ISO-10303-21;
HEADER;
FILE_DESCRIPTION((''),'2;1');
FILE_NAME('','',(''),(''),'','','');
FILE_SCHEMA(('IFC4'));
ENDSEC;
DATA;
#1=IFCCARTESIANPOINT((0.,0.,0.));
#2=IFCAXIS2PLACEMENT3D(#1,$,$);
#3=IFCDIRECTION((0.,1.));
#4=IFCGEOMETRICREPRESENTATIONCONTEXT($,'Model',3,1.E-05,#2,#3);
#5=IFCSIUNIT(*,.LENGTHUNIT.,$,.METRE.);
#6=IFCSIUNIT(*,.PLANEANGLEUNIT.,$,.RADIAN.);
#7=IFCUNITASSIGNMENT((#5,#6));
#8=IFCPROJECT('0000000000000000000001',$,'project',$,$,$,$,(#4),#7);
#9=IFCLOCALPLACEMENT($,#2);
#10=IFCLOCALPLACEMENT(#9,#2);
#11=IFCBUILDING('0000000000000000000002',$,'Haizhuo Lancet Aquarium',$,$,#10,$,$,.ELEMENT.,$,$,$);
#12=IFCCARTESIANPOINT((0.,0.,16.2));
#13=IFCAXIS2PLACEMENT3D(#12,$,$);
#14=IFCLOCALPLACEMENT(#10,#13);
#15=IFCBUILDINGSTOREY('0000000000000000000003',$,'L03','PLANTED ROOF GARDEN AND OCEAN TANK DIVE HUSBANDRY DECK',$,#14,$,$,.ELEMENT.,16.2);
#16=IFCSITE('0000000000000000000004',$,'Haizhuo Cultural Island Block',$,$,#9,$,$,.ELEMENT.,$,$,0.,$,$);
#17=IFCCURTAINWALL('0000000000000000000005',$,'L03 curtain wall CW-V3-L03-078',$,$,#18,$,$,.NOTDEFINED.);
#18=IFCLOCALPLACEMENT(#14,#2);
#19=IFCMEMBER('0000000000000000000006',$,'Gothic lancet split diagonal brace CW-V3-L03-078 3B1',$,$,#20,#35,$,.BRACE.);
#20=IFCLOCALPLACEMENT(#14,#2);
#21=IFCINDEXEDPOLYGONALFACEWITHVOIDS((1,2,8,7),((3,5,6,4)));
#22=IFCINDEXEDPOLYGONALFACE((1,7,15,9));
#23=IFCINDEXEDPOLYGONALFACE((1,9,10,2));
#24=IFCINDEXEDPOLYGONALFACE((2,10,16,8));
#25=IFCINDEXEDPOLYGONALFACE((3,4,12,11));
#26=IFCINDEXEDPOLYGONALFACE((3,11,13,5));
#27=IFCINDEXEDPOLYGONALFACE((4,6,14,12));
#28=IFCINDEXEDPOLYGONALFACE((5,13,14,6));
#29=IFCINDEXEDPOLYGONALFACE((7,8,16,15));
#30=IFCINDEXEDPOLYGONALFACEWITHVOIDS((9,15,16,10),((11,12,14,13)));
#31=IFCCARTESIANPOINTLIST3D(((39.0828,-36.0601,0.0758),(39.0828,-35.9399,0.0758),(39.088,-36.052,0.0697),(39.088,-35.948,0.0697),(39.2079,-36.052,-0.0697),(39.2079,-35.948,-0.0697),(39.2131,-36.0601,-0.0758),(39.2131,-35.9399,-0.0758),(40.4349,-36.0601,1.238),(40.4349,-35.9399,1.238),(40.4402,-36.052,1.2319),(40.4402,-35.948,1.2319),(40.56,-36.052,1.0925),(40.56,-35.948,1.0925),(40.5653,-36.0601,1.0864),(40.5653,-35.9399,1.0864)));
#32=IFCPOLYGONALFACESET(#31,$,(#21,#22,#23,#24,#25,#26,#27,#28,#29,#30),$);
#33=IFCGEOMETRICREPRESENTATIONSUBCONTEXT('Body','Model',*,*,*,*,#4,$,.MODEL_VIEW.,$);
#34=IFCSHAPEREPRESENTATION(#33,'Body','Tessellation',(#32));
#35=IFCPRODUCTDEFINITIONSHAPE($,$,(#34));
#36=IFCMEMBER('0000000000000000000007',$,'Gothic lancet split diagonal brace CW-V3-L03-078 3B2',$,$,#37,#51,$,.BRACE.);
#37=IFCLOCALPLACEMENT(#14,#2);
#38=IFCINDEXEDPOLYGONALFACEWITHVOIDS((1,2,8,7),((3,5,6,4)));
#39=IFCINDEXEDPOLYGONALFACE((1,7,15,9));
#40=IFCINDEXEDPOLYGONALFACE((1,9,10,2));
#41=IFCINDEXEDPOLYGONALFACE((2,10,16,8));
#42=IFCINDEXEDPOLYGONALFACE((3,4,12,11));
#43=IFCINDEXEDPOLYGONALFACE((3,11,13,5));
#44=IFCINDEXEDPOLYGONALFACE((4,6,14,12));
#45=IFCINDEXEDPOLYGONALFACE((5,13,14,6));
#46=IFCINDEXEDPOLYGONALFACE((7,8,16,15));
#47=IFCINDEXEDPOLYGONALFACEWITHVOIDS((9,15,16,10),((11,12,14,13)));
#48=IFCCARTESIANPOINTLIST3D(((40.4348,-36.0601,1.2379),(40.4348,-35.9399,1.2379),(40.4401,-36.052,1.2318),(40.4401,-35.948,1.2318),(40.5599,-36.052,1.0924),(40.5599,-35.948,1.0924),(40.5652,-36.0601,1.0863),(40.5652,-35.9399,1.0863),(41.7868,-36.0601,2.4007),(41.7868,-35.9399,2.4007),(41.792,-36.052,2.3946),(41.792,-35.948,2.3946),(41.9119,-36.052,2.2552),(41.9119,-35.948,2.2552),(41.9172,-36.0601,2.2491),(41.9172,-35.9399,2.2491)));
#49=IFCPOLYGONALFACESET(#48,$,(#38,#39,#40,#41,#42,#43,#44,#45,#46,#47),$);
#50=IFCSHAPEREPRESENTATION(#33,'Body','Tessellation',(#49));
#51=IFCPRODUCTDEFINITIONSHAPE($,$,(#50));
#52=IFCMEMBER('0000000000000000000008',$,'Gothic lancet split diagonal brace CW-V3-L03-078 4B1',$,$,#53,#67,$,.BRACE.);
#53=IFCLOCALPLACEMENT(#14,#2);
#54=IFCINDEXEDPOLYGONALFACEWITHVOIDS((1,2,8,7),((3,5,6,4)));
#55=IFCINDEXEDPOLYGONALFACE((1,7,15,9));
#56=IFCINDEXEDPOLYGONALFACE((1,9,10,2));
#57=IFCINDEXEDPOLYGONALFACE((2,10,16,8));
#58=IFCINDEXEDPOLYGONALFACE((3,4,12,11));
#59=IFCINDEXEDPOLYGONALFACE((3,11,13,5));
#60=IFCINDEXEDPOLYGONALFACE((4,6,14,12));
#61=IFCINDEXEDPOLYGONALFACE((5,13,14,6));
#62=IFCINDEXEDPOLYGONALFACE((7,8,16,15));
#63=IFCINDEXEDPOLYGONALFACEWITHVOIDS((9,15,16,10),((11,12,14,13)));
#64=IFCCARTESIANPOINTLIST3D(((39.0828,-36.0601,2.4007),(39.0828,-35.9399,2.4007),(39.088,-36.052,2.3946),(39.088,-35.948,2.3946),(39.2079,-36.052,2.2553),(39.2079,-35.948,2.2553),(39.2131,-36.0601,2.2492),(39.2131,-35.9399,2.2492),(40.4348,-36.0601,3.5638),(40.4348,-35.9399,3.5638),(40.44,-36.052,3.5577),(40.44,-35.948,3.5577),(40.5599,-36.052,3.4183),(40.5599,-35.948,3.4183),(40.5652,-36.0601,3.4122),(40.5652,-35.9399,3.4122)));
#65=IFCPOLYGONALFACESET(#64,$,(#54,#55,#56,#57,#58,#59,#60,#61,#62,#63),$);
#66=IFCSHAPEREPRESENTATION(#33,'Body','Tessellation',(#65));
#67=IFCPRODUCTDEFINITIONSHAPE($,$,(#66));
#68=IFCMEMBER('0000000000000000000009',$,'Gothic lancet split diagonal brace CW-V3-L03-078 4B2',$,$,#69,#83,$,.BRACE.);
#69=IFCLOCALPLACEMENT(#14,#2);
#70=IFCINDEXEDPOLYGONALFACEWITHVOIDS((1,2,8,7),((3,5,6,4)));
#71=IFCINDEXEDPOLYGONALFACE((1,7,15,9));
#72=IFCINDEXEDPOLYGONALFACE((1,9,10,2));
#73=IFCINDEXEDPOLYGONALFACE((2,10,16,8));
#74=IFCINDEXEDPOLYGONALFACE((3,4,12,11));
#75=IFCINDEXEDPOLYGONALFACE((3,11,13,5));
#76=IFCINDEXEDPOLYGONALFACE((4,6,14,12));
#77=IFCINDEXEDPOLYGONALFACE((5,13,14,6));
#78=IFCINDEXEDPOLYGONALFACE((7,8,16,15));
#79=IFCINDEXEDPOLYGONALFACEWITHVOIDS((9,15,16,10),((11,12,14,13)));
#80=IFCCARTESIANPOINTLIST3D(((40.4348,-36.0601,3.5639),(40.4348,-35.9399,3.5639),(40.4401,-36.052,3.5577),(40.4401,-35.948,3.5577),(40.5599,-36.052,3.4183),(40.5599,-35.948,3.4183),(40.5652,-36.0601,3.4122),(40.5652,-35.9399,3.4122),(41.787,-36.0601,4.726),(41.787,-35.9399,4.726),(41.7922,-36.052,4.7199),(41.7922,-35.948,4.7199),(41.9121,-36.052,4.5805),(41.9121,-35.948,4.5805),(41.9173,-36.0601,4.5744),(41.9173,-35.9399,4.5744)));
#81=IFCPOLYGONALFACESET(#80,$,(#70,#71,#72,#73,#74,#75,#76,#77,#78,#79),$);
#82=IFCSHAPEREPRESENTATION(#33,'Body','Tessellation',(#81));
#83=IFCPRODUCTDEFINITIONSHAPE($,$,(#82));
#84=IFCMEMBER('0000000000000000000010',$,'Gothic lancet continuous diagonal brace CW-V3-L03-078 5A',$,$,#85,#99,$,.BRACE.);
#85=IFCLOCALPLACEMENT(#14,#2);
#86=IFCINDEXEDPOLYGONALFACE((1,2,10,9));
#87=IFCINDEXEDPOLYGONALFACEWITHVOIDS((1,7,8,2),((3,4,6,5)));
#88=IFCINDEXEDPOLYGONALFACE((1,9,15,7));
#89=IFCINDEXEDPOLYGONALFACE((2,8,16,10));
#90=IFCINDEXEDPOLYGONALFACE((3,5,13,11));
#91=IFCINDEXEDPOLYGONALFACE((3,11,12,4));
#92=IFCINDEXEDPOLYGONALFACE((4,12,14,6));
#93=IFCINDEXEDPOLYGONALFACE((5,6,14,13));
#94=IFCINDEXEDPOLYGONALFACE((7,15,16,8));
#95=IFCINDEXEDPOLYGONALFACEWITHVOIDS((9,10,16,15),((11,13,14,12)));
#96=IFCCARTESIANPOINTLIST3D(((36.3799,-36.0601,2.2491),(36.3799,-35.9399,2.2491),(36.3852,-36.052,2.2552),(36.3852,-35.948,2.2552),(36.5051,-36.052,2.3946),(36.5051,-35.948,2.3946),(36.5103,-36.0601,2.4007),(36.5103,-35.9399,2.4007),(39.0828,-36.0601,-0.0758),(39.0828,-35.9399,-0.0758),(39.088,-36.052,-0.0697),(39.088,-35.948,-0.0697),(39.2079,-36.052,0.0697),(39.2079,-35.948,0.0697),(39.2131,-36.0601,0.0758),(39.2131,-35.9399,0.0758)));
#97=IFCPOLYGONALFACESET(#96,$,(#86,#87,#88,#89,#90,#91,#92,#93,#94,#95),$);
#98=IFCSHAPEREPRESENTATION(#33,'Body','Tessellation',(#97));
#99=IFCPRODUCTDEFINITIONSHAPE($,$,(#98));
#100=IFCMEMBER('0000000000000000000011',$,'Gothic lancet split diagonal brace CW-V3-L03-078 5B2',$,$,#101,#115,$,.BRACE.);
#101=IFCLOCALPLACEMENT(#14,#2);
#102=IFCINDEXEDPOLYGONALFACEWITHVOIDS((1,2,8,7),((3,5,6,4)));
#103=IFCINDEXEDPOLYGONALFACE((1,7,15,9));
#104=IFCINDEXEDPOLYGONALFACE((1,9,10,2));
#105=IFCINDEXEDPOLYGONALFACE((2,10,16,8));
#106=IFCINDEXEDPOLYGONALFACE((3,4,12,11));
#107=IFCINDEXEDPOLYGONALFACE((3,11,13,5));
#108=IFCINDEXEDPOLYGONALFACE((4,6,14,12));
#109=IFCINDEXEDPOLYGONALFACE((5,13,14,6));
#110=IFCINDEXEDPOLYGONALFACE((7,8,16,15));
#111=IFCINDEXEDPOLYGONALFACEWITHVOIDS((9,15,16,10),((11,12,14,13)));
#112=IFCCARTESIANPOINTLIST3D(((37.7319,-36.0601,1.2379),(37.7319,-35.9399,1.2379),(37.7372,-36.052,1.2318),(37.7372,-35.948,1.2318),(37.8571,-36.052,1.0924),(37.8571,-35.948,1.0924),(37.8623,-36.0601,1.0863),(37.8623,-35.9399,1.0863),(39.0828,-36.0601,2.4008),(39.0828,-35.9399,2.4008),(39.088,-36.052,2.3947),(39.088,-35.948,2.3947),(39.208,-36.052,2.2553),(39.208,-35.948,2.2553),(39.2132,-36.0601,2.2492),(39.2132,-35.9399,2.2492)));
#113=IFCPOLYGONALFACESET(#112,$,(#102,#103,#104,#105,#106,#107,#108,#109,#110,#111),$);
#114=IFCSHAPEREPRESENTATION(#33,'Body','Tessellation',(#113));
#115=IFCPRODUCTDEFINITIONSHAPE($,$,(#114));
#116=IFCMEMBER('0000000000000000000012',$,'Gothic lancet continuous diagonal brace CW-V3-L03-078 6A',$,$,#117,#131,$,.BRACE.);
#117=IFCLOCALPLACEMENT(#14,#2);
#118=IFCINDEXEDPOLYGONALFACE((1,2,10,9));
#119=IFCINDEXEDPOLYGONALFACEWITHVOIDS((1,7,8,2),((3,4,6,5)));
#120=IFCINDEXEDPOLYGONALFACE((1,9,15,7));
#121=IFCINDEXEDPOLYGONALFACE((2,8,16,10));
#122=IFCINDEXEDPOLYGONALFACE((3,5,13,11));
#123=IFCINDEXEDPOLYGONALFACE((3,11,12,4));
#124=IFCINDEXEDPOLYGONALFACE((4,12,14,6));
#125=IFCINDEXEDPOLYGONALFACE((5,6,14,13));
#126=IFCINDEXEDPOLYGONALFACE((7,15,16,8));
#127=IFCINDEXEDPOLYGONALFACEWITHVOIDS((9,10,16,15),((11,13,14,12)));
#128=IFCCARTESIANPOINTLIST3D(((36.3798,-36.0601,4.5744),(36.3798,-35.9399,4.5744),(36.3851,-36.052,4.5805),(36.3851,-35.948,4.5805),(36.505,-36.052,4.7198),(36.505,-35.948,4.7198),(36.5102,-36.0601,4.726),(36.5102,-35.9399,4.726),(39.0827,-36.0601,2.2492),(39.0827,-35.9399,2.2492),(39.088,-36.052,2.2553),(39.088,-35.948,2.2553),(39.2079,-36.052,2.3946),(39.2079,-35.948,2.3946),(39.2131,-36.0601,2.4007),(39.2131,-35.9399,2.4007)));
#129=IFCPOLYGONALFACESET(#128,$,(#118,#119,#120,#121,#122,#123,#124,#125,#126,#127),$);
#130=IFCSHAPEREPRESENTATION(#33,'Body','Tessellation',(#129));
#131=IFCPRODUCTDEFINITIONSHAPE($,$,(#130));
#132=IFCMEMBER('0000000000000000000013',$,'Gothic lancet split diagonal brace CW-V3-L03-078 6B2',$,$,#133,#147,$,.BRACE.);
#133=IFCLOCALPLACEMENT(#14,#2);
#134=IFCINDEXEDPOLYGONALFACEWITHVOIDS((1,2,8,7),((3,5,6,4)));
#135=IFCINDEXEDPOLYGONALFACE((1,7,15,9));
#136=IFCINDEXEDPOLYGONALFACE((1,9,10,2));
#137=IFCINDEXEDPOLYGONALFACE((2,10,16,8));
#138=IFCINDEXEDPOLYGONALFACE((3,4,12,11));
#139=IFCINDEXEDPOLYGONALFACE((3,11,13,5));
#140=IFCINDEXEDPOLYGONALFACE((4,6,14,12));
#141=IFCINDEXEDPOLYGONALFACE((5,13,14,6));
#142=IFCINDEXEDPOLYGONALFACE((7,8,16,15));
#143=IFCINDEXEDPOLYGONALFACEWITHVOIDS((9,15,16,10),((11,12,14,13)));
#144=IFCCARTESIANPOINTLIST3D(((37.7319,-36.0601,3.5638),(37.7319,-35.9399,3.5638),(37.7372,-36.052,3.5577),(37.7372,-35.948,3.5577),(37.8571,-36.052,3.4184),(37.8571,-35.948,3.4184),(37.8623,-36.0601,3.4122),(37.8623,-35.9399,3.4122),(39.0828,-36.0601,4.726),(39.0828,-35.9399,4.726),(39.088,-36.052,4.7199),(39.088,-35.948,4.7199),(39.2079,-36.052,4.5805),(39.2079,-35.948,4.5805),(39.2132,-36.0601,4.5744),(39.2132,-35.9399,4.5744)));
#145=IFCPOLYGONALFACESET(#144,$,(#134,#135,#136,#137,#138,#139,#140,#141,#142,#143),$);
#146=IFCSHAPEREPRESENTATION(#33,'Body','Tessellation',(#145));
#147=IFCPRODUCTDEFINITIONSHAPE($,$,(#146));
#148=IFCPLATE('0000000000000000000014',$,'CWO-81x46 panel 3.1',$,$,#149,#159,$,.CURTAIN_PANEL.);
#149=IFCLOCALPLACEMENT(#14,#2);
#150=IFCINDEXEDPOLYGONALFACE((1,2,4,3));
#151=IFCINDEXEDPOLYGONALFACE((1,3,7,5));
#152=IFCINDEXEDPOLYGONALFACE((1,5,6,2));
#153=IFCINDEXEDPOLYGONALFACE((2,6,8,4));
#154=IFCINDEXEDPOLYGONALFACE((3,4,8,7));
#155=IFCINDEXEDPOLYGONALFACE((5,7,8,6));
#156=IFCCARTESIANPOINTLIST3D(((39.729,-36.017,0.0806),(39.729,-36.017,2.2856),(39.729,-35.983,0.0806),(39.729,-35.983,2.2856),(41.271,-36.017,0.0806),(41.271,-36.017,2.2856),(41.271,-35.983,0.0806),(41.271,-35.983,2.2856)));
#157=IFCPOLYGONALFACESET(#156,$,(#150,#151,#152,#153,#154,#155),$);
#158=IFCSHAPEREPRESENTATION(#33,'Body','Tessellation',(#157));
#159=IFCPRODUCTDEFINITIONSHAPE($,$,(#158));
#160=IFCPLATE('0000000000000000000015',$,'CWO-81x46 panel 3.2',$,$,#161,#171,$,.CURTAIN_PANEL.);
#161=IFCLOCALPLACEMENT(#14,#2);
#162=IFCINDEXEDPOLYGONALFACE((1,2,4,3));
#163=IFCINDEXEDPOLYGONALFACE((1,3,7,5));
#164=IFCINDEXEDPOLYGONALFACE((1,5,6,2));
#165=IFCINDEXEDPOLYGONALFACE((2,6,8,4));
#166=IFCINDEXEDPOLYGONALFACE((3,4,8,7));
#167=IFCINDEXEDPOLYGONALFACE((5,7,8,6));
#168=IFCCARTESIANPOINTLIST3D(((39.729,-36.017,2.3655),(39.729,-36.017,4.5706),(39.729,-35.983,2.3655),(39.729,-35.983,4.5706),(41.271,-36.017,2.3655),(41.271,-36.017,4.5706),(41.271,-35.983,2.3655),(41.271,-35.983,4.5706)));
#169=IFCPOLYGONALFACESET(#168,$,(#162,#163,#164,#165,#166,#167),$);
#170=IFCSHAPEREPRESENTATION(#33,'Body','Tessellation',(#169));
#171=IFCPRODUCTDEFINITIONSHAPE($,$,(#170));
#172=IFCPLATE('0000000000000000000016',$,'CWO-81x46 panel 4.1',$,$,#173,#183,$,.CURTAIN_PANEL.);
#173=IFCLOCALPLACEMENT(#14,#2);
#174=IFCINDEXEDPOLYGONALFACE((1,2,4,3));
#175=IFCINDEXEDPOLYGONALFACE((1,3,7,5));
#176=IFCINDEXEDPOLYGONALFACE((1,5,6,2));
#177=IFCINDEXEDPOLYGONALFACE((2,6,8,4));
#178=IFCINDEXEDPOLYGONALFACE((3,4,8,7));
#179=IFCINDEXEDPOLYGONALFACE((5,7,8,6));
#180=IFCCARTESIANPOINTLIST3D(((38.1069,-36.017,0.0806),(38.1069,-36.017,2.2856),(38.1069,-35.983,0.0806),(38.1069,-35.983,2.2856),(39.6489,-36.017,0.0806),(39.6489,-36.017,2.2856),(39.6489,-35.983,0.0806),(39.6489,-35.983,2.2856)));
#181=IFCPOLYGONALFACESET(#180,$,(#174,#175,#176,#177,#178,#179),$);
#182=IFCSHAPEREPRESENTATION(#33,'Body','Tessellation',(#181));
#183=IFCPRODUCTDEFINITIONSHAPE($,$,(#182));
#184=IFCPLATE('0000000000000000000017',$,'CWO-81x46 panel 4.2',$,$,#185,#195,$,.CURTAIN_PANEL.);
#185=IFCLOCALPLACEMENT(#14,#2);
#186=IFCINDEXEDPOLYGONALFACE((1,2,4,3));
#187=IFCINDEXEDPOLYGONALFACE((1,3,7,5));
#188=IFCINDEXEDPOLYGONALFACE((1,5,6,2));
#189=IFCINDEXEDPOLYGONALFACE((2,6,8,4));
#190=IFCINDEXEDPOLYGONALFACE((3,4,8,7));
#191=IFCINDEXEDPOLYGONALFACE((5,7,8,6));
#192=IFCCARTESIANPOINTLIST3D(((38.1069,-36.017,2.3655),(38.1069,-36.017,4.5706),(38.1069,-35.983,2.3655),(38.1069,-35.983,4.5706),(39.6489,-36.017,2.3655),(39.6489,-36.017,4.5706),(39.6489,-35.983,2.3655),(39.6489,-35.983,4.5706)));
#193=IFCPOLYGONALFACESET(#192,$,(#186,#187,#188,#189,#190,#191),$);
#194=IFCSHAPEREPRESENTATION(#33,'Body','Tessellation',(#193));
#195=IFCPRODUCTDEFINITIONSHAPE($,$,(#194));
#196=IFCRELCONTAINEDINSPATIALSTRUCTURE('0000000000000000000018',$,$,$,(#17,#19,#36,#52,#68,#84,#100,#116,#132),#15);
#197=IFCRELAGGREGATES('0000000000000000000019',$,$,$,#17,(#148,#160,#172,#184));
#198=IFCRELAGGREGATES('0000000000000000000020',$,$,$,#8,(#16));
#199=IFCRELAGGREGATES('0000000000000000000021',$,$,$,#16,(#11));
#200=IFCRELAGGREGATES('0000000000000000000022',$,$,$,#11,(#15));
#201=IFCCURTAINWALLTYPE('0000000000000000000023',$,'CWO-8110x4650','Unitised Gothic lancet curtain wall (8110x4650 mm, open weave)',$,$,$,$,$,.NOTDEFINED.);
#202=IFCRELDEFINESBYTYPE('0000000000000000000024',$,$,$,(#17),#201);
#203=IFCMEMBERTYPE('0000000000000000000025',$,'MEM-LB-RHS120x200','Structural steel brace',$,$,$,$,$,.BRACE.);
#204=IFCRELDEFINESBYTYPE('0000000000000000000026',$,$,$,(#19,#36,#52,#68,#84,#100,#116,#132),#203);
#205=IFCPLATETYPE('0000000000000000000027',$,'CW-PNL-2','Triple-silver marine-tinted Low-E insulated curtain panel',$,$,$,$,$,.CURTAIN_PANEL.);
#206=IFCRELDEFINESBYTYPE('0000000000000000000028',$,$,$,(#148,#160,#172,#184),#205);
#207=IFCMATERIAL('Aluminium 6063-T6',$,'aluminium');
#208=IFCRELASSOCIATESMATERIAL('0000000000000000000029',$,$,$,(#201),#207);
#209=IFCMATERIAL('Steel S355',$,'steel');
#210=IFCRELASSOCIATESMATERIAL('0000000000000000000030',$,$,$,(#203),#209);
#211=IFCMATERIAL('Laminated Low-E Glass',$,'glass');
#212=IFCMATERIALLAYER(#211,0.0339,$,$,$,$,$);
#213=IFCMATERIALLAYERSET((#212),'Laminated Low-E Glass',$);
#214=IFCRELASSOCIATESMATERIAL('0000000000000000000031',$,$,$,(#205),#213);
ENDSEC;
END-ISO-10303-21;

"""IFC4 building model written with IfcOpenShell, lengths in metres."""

from ifc_helpers import new_model, si_unit, direction, frame, origin, origin_2d, place, context, subcontext, project, spatial, rectangle, hollow_rectangle, extrude, material, layer, layer_set, material_profile, profile_set, type_object, element, aggregate, save


model = new_model("IFC4")

# Units and contexts
model_context = context("Model", 3, precision=1e-05, world=origin(), true_north=direction((0.0, 1.0)))
body_context = subcontext(model_context, "Body", "Model", "MODEL_VIEW")
ifc_project = project(units=[si_unit("LENGTHUNIT", "METRE"), si_unit("PLANEANGLEUNIT", "RADIAN")], contexts=[model_context])

# Site, building, storey
site_placement = place(None, origin())
site = spatial("IfcSite", under=ifc_project, at=site_placement, Name="Haizhuo Cultural Island Block", CompositionType="ELEMENT", RefElevation=0.0)
building_placement = place(site_placement, origin())
building = spatial("IfcBuilding", under=site, at=building_placement, Name="Haizhuo Lancet Aquarium", CompositionType="ELEMENT")
storey_placement = place(building_placement, frame((0.0, 0.0, 16.2)))
storey = spatial("IfcBuildingStorey", under=building, at=storey_placement, Name="L03", Description="PLANTED ROOF GARDEN AND OCEAN TANK DIVE HUSBANDRY DECK", CompositionType="ELEMENT", Elevation=16.2)

# Curtain wall
ifc_material_1 = material(Name="Aluminium 6063-T6", Category="aluminium")
curtain_wall_type = type_object("IfcCurtainWallType", Name="CWO-8110x4650", Description="Unitised Gothic lancet curtain wall (8110x4650 mm, open weave)", PredefinedType="NOTDEFINED", material=ifc_material_1)
curtain_wall_placement = place(storey_placement, origin())
curtain_wall = element("IfcCurtainWall", 1, at=curtain_wall_placement, inside=storey, type_object=curtain_wall_type, Name="L03 curtain wall CW-V3-L03-078", PredefinedType="NOTDEFINED")

# Members
ifc_material_2 = material(Name="Steel S355", Category="steel")
ifc_material_profile_1 = material_profile(ifc_material_2, hollow_rectangle(XDim=0.1201, YDim=0.2, WallThickness=0.0081, at=origin_2d()), Name="RHS 120x200x8")
ifc_profile_set_1 = profile_set([ifc_material_profile_1], Name="Steel S355")
member_type_1 = type_object("IfcMemberType", Name="MEM-LB-RHS120x200", Description="Structural steel brace", PredefinedType="BRACE", material=ifc_profile_set_1)
member_1_placement = place(storey_placement, frame((39.1479, -36.0, 0.0), z_axis=(0.758367, 0.0, 0.651828), x_axis=(0.0, 1.0, 0.0)))
element("IfcMember", 2, at=member_1_placement, inside=storey, type_object=member_type_1, Name="Gothic lancet split diagonal brace CW-V3-L03-078 3B1", PredefinedType="BRACE", context=body_context, shape_type="SweptSolid", body=[
    extrude(hollow_rectangle(XDim=0.1201, YDim=0.2, WallThickness=0.0081, at=origin_2d()), origin(), (0.0, 0.0, 1.0), 1.783),
])
member_2_placement = place(storey_placement, frame((40.5, -36.0, 1.1621), z_axis=(0.758164, 0.0, 0.652064), x_axis=(0.0, 1.0, 0.0)))
element("IfcMember", 3, at=member_2_placement, inside=storey, type_object=member_type_1, Name="Gothic lancet split diagonal brace CW-V3-L03-078 3B2", PredefinedType="BRACE", context=body_context, shape_type="SweptSolid", body=[
    extrude(hollow_rectangle(XDim=0.1201, YDim=0.2, WallThickness=0.0081, at=origin_2d()), origin(), (0.0, 0.0, 1.0), 1.7832),
])
member_3_placement = place(storey_placement, frame((39.1479, -36.0, 2.325), z_axis=(0.758096, 0.0, 0.652143), x_axis=(0.0, 1.0, 0.0)))
element("IfcMember", 4, at=member_3_placement, inside=storey, type_object=member_type_1, Name="Gothic lancet split diagonal brace CW-V3-L03-078 4B1", PredefinedType="BRACE", context=body_context, shape_type="SweptSolid", body=[
    extrude(hollow_rectangle(XDim=0.1201, YDim=0.2, WallThickness=0.0081, at=origin_2d()), origin(), (0.0, 0.0, 1.0), 1.7834),
])
member_4_placement = place(storey_placement, frame((40.5, -36.0, 3.488), z_axis=(0.758367, 0.0, 0.651828), x_axis=(0.0, 1.0, 0.0)))
element("IfcMember", 5, at=member_4_placement, inside=storey, type_object=member_type_1, Name="Gothic lancet split diagonal brace CW-V3-L03-078 4B2", PredefinedType="BRACE", context=body_context, shape_type="SweptSolid", body=[
    extrude(hollow_rectangle(XDim=0.1201, YDim=0.2, WallThickness=0.0081, at=origin_2d()), origin(), (0.0, 0.0, 1.0), 1.783),
])
member_5_placement = place(storey_placement, frame((39.1479, -36.0, 0.0), z_axis=(-0.75812, 0.0, 0.652116), x_axis=(0.0, -1.0, 0.0)))
element("IfcMember", 6, at=member_5_placement, inside=storey, type_object=member_type_1, Name="Gothic lancet continuous diagonal brace CW-V3-L03-078 5A", PredefinedType="BRACE", context=body_context, shape_type="SweptSolid", body=[
    extrude(hollow_rectangle(XDim=0.1201, YDim=0.2, WallThickness=0.0081, at=origin_2d()), origin(), (0.0, 0.0, 1.0), 3.5652),
])
member_6_placement = place(storey_placement, frame((37.7971, -36.0, 1.1621), z_axis=(0.757872, 0.0, 0.652403), x_axis=(0.0, 1.0, 0.0)))
element("IfcMember", 7, at=member_6_placement, inside=storey, type_object=member_type_1, Name="Gothic lancet split diagonal brace CW-V3-L03-078 5B2", PredefinedType="BRACE", context=body_context, shape_type="SweptSolid", body=[
    extrude(hollow_rectangle(XDim=0.1201, YDim=0.2, WallThickness=0.0081, at=origin_2d()), origin(), (0.0, 0.0, 1.0), 1.7825),
])
member_7_placement = place(storey_placement, frame((39.1479, -36.0, 2.325), z_axis=(-0.758086, 0.0, 0.652155), x_axis=(0.0, -1.0, 0.0)))
element("IfcMember", 8, at=member_7_placement, inside=storey, type_object=member_type_1, Name="Gothic lancet continuous diagonal brace CW-V3-L03-078 6A", PredefinedType="BRACE", context=body_context, shape_type="SweptSolid", body=[
    extrude(hollow_rectangle(XDim=0.1201, YDim=0.2, WallThickness=0.0081, at=origin_2d()), origin(), (0.0, 0.0, 1.0), 3.5654),
])
member_8_placement = place(storey_placement, frame((37.7971, -36.0, 3.488), z_axis=(0.758075, 0.0, 0.652167), x_axis=(0.0, 1.0, 0.0)))
element("IfcMember", 9, at=member_8_placement, inside=storey, type_object=member_type_1, Name="Gothic lancet split diagonal brace CW-V3-L03-078 6B2", PredefinedType="BRACE", context=body_context, shape_type="SweptSolid", body=[
    extrude(hollow_rectangle(XDim=0.1201, YDim=0.2, WallThickness=0.0081, at=origin_2d()), origin(), (0.0, 0.0, 1.0), 1.782),
])

# Plates
ifc_material_3 = material(Name="Laminated Low-E Glass", Category="glass")
ifc_layer = layer(ifc_material_3, 0.0339)
ifc_layer_set = layer_set([ifc_layer], Name="Laminated Low-E Glass")
plate_type = type_object("IfcPlateType", Name="CW-PNL-2", Description="Triple-silver marine-tinted Low-E insulated curtain panel", PredefinedType="CURTAIN_PANEL", material=ifc_layer_set)
plate_1_placement = place(storey_placement, frame((40.5, -36.0, 0.0806), z_axis=(0.0, 0.0, 1.0), x_axis=(-1.0, 0.0, 0.0)))
plate_1 = element("IfcPlate", 10, at=plate_1_placement, type_object=plate_type, Name="CWO-81x46 panel 3.1", PredefinedType="CURTAIN_PANEL", context=body_context, shape_type="SweptSolid", body=[
    extrude(rectangle(XDim=1.542, YDim=0.0339, at=origin_2d()), origin(), (0.0, 0.0, 1.0), 2.2051),
])
plate_2_placement = place(storey_placement, frame((40.5, -36.0, 2.3655), z_axis=(0.0, 0.0, 1.0), x_axis=(-1.0, 0.0, 0.0)))
plate_2 = element("IfcPlate", 11, at=plate_2_placement, type_object=plate_type, Name="CWO-81x46 panel 3.2", PredefinedType="CURTAIN_PANEL", context=body_context, shape_type="SweptSolid", body=[
    extrude(rectangle(XDim=1.542, YDim=0.0339, at=origin_2d()), origin(), (0.0, 0.0, 1.0), 2.2051),
])
plate_3_placement = place(storey_placement, frame((38.8779, -36.0, 0.0806), z_axis=(0.0, 0.0, 1.0), x_axis=(-1.0, 0.0, 0.0)))
plate_3 = element("IfcPlate", 12, at=plate_3_placement, type_object=plate_type, Name="CWO-81x46 panel 4.1", PredefinedType="CURTAIN_PANEL", context=body_context, shape_type="SweptSolid", body=[
    extrude(rectangle(XDim=1.542, YDim=0.0339, at=origin_2d()), origin(), (0.0, 0.0, 1.0), 2.2051),
])
plate_4_placement = place(storey_placement, frame((38.8779, -36.0, 2.3655), z_axis=(0.0, 0.0, 1.0), x_axis=(-1.0, 0.0, 0.0)))
plate_4 = element("IfcPlate", 13, at=plate_4_placement, type_object=plate_type, Name="CWO-81x46 panel 4.2", PredefinedType="CURTAIN_PANEL", context=body_context, shape_type="SweptSolid", body=[
    extrude(rectangle(XDim=1.542, YDim=0.0339, at=origin_2d()), origin(), (0.0, 0.0, 1.0), 2.2051),
])
aggregate(curtain_wall, [plate_1, plate_2, plate_3, plate_4])

save(model, "model.ifc")
